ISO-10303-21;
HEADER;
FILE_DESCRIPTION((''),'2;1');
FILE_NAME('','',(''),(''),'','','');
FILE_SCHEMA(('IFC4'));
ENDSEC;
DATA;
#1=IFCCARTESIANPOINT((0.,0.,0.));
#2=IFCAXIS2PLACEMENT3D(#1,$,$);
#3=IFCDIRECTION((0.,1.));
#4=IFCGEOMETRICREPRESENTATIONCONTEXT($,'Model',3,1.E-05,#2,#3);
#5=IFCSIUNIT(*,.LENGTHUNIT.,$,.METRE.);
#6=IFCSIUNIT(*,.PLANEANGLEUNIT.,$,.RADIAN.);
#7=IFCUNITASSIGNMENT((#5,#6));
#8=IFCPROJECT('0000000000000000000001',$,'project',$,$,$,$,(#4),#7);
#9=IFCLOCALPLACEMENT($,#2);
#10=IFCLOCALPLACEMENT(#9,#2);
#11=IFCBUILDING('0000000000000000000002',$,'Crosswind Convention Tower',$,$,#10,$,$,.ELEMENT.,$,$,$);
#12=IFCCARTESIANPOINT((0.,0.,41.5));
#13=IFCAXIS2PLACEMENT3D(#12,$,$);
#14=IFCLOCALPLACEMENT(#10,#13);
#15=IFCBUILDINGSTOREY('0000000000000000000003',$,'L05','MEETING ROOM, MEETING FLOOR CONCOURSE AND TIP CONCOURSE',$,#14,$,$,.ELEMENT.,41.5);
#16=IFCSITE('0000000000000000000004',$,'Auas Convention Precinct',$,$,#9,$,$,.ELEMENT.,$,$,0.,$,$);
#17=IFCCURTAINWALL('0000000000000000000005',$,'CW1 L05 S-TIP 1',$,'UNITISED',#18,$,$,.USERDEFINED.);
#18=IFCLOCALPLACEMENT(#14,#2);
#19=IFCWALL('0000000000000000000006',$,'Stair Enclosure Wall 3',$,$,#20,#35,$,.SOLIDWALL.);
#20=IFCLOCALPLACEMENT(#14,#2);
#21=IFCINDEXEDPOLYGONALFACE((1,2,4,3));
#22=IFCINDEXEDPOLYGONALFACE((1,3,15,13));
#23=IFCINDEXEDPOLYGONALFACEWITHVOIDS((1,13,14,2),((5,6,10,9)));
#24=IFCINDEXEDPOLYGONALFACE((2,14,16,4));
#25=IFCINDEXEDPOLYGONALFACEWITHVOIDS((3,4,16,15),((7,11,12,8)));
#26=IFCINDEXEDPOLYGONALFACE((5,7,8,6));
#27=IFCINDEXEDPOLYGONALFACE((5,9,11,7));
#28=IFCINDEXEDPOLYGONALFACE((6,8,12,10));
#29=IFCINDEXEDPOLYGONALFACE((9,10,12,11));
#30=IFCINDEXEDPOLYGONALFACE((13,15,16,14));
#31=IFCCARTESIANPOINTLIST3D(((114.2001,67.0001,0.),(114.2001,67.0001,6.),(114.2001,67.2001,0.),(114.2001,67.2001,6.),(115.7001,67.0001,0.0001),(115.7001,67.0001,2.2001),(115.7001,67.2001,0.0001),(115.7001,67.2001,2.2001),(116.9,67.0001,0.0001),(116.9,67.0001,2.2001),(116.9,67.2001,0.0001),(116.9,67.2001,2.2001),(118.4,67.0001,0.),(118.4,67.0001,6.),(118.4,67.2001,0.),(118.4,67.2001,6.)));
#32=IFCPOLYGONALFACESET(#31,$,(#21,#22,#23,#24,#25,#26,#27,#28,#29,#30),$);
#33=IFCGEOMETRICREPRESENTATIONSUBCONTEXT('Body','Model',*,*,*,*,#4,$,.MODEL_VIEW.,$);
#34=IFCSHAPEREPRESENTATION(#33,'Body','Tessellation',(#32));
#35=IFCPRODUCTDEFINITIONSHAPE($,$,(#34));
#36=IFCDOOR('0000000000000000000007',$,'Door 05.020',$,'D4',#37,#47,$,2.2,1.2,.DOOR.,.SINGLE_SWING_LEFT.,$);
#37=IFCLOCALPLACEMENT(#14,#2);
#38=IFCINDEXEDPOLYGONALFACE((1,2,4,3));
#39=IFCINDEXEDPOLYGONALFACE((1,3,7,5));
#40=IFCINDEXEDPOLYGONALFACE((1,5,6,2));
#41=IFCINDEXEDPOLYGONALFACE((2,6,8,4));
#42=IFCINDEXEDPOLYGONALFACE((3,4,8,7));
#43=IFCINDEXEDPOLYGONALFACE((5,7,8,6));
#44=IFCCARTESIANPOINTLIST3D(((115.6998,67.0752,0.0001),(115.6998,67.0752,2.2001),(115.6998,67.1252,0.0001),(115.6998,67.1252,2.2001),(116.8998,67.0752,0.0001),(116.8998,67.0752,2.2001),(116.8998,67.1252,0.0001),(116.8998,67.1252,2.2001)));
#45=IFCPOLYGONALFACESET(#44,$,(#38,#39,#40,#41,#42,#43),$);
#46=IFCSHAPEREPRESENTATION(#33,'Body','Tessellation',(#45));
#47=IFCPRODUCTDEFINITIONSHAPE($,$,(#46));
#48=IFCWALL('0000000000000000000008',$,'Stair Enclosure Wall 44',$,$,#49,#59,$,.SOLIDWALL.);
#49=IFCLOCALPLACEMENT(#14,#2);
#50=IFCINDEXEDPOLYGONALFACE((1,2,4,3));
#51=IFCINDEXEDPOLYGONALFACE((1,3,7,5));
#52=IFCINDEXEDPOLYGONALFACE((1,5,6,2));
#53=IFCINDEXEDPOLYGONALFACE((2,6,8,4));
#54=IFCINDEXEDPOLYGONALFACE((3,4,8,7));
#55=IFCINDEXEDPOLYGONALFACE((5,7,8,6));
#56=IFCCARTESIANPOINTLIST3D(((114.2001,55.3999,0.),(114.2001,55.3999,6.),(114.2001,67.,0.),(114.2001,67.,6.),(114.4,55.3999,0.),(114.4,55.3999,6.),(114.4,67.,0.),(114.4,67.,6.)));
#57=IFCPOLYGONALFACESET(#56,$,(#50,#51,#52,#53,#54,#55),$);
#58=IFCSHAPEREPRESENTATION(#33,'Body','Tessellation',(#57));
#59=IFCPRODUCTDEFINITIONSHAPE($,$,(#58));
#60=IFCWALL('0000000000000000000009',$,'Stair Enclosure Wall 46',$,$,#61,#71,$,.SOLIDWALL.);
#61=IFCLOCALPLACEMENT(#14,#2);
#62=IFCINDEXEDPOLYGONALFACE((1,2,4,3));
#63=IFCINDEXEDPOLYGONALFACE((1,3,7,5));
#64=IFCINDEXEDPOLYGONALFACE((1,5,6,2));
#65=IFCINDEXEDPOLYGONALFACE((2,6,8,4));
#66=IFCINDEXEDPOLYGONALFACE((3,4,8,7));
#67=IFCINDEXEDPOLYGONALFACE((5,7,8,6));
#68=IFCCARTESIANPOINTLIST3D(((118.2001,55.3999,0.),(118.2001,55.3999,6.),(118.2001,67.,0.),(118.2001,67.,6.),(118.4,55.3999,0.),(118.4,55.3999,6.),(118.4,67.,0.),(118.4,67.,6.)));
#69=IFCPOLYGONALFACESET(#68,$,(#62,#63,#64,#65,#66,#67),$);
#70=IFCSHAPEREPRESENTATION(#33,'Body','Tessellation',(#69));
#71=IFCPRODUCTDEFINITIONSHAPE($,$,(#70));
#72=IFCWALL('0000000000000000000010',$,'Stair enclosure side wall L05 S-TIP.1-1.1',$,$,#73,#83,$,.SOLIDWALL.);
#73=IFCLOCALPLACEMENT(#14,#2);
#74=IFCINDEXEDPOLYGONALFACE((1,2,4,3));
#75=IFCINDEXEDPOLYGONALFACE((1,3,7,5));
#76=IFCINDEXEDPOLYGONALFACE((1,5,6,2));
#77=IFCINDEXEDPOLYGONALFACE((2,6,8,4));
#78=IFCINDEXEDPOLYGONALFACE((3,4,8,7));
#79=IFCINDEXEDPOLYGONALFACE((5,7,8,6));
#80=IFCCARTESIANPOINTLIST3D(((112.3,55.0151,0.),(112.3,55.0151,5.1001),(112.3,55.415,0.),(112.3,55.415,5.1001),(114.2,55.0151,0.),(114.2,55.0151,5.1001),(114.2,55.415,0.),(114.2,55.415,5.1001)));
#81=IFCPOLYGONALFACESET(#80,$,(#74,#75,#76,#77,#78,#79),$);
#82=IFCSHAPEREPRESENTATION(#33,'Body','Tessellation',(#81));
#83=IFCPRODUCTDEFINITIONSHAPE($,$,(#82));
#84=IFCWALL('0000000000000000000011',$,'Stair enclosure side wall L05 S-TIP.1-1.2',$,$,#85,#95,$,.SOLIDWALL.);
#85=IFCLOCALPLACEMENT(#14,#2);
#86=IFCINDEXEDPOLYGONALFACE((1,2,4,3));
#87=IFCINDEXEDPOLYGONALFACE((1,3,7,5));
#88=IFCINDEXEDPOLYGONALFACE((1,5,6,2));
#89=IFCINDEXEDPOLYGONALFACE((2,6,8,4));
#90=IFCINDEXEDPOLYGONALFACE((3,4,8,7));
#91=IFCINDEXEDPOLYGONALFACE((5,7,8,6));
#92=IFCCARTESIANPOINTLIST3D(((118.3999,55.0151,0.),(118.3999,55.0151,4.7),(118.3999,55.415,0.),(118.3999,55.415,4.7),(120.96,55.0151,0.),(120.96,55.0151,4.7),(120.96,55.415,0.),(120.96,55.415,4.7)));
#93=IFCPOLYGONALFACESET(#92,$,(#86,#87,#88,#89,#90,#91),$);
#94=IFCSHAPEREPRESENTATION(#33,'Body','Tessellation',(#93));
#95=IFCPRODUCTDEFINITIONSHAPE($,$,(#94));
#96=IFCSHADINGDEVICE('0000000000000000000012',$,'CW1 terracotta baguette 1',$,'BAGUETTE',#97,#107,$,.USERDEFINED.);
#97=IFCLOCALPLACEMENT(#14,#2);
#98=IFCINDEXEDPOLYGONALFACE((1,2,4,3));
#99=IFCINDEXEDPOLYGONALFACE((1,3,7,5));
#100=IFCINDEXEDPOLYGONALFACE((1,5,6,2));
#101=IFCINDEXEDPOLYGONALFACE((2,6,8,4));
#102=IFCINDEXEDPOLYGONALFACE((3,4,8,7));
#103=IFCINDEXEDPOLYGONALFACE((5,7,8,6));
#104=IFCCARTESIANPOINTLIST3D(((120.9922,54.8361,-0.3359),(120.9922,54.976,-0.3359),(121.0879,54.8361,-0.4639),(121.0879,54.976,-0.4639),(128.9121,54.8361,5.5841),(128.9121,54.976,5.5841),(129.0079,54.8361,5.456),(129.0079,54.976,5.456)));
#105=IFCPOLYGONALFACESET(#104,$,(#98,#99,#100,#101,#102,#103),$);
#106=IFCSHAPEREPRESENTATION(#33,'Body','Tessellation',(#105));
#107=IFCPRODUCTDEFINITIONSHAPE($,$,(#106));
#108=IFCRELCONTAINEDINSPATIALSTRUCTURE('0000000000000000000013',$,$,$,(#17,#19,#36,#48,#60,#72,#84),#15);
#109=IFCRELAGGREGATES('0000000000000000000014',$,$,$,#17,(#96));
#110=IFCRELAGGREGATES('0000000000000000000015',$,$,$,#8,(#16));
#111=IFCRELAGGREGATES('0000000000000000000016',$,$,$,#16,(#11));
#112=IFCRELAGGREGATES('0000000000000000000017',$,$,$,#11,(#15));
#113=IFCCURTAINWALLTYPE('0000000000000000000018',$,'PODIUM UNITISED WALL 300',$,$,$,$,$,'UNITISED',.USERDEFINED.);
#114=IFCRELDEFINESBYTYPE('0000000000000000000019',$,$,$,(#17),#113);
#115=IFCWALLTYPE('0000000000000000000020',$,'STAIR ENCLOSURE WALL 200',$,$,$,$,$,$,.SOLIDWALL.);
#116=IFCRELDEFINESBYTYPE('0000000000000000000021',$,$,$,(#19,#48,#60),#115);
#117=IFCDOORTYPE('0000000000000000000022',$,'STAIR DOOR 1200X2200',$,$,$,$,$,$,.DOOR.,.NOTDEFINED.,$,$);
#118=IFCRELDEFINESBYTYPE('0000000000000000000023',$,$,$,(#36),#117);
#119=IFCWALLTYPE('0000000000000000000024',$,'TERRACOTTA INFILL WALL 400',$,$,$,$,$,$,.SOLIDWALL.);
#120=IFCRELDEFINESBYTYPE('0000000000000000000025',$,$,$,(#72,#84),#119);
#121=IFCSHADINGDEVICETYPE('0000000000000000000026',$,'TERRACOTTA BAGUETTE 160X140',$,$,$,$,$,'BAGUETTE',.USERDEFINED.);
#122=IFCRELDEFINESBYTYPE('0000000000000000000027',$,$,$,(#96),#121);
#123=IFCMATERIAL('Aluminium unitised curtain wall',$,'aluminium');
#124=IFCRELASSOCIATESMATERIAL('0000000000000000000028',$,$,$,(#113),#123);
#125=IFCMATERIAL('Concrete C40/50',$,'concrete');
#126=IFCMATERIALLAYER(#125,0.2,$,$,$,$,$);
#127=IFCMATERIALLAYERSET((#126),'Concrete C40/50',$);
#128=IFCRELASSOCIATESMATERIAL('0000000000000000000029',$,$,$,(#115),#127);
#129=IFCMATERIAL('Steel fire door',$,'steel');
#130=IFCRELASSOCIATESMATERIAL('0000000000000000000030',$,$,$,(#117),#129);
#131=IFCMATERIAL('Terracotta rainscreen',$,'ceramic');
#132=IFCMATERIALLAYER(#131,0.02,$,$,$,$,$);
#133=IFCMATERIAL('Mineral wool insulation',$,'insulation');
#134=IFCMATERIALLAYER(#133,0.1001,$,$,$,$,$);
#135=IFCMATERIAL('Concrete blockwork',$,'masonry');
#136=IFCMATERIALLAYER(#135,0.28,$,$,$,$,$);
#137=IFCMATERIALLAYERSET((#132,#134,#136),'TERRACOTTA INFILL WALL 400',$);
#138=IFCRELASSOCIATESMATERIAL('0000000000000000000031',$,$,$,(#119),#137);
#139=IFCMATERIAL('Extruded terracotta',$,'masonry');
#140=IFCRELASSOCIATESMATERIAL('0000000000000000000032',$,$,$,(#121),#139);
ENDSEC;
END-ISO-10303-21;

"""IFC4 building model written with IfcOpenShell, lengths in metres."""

from ifc_helpers import new_model, si_unit, direction, frame, frame_2d, origin, origin_2d, place, context, subcontext, project, spatial, rectangle, extrude, material, layer, layer_set, material_profile, profile_set, type_object, element, fill, aggregate, save


model = new_model("IFC4")

# Units and contexts
model_context = context("Model", 3, precision=1e-05, world=origin(), true_north=direction((0.0, 1.0)))
body_context = subcontext(model_context, "Body", "Model", "MODEL_VIEW")
ifc_project = project(units=[si_unit("LENGTHUNIT", "METRE"), si_unit("PLANEANGLEUNIT", "RADIAN")], contexts=[model_context])

# Site, building, storey
site_placement = place(None, origin())
site = spatial("IfcSite", under=ifc_project, at=site_placement, Name="Auas Convention Precinct", CompositionType="ELEMENT", RefElevation=0.0)
building_placement = place(site_placement, origin())
building = spatial("IfcBuilding", under=site, at=building_placement, Name="Crosswind Convention Tower", CompositionType="ELEMENT")
storey_placement = place(building_placement, frame((0.0, 0.0, 41.5)))
storey = spatial("IfcBuildingStorey", under=building, at=storey_placement, Name="L05", Description="MEETING ROOM, MEETING FLOOR CONCOURSE AND TIP CONCOURSE", CompositionType="ELEMENT", Elevation=41.5)

# Shared definitions
ifc_material_1 = material(Name="Aluminium unitised curtain wall", Category="aluminium")
curtain_wall_type = type_object("IfcCurtainWallType", Name="PODIUM UNITISED WALL 300", ElementType="UNITISED", PredefinedType="USERDEFINED", material=ifc_material_1)

# Curtain wall
curtain_wall_1_placement = place(storey_placement, origin())
curtain_wall_1 = element("IfcCurtainWall", 1, at=curtain_wall_1_placement, inside=storey, type_object=curtain_wall_type, Name="CW1 L05 S-TIP 1", ObjectType="UNITISED", PredefinedType="USERDEFINED")

# Shared definitions
ifc_material_2 = material(Name="Concrete C40/50", Category="concrete")
ifc_layer_1 = layer(ifc_material_2, 0.2)
ifc_layer_set_1 = layer_set([ifc_layer_1], Name="Concrete C40/50")
wall_type_1 = type_object("IfcWallType", Name="STAIR ENCLOSURE WALL 200", PredefinedType="SOLIDWALL", material=ifc_layer_set_1)

# Wall, opening, door
wall_1_placement = place(storey_placement, frame((114.2, 67.1001, 0.0), z_axis=(0.0, 0.0, 1.0), x_axis=(1.0, 0.0, 0.0)))
wall_1 = element("IfcWall", 2, at=wall_1_placement, inside=storey, type_object=wall_type_1, Name="Stair Enclosure Wall 3", PredefinedType="SOLIDWALL", context=body_context, shape_type="SweptSolid", body=[
    extrude(rectangle(XDim=4.2, YDim=0.2, at=frame_2d((2.1001, 0.0))), origin(), (0.0, 0.0, 1.0), 6.0),
])
opening_1_placement = place(wall_1_placement, frame((1.5, 0.0, 0.0)))
opening_1 = element("IfcOpeningElement", 3, at=opening_1_placement, cuts=wall_1, PredefinedType="OPENING", context=body_context, shape_type="SweptSolid", body=[
    extrude(rectangle(XDim=1.2, YDim=2.2, at=frame_2d((0.6001, 1.1001))), frame((0.0, 0.1099, 0.0), z_axis=(0.0, -1.0, 0.0), x_axis=(1.0, 0.0, 0.0)), (0.0, 0.0, 1.0), 0.22),
])
ifc_material_3 = material(Name="Steel fire door", Category="steel")
door_type_1 = type_object("IfcDoorType", Name="STAIR DOOR 1200X2200", OperationType="NOTDEFINED", PredefinedType="DOOR", material=ifc_material_3)
door_1_placement = place(opening_1_placement, frame((1.2, 0.0, 0.0), z_axis=(0.0, 0.0, 1.0), x_axis=(-1.0, 0.0, 0.0)))
door_1 = element("IfcDoor", 4, at=door_1_placement, inside=storey, type_object=door_type_1, Name="Door 05.020", ObjectType="D4", OperationType="SINGLE_SWING_LEFT", OverallHeight=2.2, OverallWidth=1.2, PredefinedType="DOOR", context=body_context, shape_type="SweptSolid", body=[
    extrude(rectangle(XDim=1.2, YDim=2.2, at=frame_2d((0.6001, 1.1001))), frame((0.0, 0.0249, 0.0), z_axis=(0.0, -1.0, 0.0), x_axis=(1.0, 0.0, 0.0)), (0.0, 0.0, 1.0), 0.05),
])
fill(opening_1, door_1)

# Walls
for number, where, z_axis, x_axis, name in (
    (5, (114.3, 55.3999, 0.0), (0.0, 0.0, 1.0), (0.0, 1.0, 0.0), "Stair Enclosure Wall 44"),
    (6, (118.3, 55.3999, 0.0), (0.0, 0.0, 1.0), (0.0, 1.0, 0.0), "Stair Enclosure Wall 46"),
):
    element("IfcWall", number, at=place(storey_placement, frame(where, z_axis=z_axis, x_axis=x_axis)), inside=storey, type_object=wall_type_1, Name=name, PredefinedType="SOLIDWALL", context=body_context, shape_type="SweptSolid", body=[
        extrude(rectangle(XDim=11.6001, YDim=0.2, at=frame_2d((5.8, 0.0))), origin(), (0.0, 0.0, 1.0), 6.0),
    ])
ifc_material_4 = material(Name="Terracotta rainscreen", Category="ceramic")
ifc_layer_2 = layer(ifc_material_4, 0.02)
ifc_material_5 = material(Name="Mineral wool insulation", Category="insulation")
ifc_layer_3 = layer(ifc_material_5, 0.1001)
ifc_material_6 = material(Name="Concrete blockwork", Category="masonry")
ifc_layer_4 = layer(ifc_material_6, 0.28)
ifc_layer_set_2 = layer_set([ifc_layer_2, ifc_layer_3, ifc_layer_4], Name="TERRACOTTA INFILL WALL 400")
wall_type_2 = type_object("IfcWallType", Name="TERRACOTTA INFILL WALL 400", PredefinedType="SOLIDWALL", material=ifc_layer_set_2)
wall_2_placement = place(storey_placement, frame((112.3, 55.2151, 0.0), z_axis=(0.0, 0.0, 1.0), x_axis=(1.0, 0.0, 0.0)))
element("IfcWall", 7, at=wall_2_placement, inside=storey, type_object=wall_type_2, Name="Stair enclosure side wall L05 S-TIP.1-1.1", PredefinedType="SOLIDWALL", context=body_context, shape_type="SweptSolid", body=[
    extrude(rectangle(XDim=1.8999, YDim=0.3999, at=frame_2d((0.95, 0.0))), origin(), (0.0, 0.0, 1.0), 5.1001),
])
wall_3_placement = place(storey_placement, frame((118.3999, 55.2151, 0.0), z_axis=(0.0, 0.0, 1.0), x_axis=(1.0, 0.0, 0.0)))
element("IfcWall", 8, at=wall_3_placement, inside=storey, type_object=wall_type_2, Name="Stair enclosure side wall L05 S-TIP.1-1.2", PredefinedType="SOLIDWALL", context=body_context, shape_type="SweptSolid", body=[
    extrude(rectangle(XDim=2.5601, YDim=0.3999, at=frame_2d((1.28, 0.0))), origin(), (0.0, 0.0, 1.0), 4.7),
])

# Shading device
ifc_material_7 = material(Name="Extruded terracotta", Category="masonry")
ifc_material_profile_1 = material_profile(ifc_material_7, rectangle(XDim=0.1399, YDim=0.1599, at=origin_2d()), Name="TC 140X160")
ifc_profile_set_1 = profile_set([ifc_material_profile_1], Name="Extruded terracotta")
shading_device_type = type_object("IfcShadingDeviceType", Name="TERRACOTTA BAGUETTE 160X140", ElementType="BAGUETTE", PredefinedType="USERDEFINED", material=ifc_profile_set_1)
shading_device_placement = place(storey_placement, frame((121.04, 54.906, -0.3999), z_axis=(0.800971, 0.0, 0.598703), x_axis=(0.0, 1.0, 0.0)))
shading_device = element("IfcShadingDevice", 9, at=shading_device_placement, type_object=shading_device_type, Name="CW1 terracotta baguette 1", ObjectType="BAGUETTE", PredefinedType="USERDEFINED", context=body_context, shape_type="SweptSolid", body=[
    extrude(rectangle(XDim=0.1399, YDim=0.1599, at=origin_2d()), origin(), (0.0, 0.0, 1.0), 9.8879),
])
aggregate(curtain_wall_1, [shading_device])

save(model, "model.ifc")
